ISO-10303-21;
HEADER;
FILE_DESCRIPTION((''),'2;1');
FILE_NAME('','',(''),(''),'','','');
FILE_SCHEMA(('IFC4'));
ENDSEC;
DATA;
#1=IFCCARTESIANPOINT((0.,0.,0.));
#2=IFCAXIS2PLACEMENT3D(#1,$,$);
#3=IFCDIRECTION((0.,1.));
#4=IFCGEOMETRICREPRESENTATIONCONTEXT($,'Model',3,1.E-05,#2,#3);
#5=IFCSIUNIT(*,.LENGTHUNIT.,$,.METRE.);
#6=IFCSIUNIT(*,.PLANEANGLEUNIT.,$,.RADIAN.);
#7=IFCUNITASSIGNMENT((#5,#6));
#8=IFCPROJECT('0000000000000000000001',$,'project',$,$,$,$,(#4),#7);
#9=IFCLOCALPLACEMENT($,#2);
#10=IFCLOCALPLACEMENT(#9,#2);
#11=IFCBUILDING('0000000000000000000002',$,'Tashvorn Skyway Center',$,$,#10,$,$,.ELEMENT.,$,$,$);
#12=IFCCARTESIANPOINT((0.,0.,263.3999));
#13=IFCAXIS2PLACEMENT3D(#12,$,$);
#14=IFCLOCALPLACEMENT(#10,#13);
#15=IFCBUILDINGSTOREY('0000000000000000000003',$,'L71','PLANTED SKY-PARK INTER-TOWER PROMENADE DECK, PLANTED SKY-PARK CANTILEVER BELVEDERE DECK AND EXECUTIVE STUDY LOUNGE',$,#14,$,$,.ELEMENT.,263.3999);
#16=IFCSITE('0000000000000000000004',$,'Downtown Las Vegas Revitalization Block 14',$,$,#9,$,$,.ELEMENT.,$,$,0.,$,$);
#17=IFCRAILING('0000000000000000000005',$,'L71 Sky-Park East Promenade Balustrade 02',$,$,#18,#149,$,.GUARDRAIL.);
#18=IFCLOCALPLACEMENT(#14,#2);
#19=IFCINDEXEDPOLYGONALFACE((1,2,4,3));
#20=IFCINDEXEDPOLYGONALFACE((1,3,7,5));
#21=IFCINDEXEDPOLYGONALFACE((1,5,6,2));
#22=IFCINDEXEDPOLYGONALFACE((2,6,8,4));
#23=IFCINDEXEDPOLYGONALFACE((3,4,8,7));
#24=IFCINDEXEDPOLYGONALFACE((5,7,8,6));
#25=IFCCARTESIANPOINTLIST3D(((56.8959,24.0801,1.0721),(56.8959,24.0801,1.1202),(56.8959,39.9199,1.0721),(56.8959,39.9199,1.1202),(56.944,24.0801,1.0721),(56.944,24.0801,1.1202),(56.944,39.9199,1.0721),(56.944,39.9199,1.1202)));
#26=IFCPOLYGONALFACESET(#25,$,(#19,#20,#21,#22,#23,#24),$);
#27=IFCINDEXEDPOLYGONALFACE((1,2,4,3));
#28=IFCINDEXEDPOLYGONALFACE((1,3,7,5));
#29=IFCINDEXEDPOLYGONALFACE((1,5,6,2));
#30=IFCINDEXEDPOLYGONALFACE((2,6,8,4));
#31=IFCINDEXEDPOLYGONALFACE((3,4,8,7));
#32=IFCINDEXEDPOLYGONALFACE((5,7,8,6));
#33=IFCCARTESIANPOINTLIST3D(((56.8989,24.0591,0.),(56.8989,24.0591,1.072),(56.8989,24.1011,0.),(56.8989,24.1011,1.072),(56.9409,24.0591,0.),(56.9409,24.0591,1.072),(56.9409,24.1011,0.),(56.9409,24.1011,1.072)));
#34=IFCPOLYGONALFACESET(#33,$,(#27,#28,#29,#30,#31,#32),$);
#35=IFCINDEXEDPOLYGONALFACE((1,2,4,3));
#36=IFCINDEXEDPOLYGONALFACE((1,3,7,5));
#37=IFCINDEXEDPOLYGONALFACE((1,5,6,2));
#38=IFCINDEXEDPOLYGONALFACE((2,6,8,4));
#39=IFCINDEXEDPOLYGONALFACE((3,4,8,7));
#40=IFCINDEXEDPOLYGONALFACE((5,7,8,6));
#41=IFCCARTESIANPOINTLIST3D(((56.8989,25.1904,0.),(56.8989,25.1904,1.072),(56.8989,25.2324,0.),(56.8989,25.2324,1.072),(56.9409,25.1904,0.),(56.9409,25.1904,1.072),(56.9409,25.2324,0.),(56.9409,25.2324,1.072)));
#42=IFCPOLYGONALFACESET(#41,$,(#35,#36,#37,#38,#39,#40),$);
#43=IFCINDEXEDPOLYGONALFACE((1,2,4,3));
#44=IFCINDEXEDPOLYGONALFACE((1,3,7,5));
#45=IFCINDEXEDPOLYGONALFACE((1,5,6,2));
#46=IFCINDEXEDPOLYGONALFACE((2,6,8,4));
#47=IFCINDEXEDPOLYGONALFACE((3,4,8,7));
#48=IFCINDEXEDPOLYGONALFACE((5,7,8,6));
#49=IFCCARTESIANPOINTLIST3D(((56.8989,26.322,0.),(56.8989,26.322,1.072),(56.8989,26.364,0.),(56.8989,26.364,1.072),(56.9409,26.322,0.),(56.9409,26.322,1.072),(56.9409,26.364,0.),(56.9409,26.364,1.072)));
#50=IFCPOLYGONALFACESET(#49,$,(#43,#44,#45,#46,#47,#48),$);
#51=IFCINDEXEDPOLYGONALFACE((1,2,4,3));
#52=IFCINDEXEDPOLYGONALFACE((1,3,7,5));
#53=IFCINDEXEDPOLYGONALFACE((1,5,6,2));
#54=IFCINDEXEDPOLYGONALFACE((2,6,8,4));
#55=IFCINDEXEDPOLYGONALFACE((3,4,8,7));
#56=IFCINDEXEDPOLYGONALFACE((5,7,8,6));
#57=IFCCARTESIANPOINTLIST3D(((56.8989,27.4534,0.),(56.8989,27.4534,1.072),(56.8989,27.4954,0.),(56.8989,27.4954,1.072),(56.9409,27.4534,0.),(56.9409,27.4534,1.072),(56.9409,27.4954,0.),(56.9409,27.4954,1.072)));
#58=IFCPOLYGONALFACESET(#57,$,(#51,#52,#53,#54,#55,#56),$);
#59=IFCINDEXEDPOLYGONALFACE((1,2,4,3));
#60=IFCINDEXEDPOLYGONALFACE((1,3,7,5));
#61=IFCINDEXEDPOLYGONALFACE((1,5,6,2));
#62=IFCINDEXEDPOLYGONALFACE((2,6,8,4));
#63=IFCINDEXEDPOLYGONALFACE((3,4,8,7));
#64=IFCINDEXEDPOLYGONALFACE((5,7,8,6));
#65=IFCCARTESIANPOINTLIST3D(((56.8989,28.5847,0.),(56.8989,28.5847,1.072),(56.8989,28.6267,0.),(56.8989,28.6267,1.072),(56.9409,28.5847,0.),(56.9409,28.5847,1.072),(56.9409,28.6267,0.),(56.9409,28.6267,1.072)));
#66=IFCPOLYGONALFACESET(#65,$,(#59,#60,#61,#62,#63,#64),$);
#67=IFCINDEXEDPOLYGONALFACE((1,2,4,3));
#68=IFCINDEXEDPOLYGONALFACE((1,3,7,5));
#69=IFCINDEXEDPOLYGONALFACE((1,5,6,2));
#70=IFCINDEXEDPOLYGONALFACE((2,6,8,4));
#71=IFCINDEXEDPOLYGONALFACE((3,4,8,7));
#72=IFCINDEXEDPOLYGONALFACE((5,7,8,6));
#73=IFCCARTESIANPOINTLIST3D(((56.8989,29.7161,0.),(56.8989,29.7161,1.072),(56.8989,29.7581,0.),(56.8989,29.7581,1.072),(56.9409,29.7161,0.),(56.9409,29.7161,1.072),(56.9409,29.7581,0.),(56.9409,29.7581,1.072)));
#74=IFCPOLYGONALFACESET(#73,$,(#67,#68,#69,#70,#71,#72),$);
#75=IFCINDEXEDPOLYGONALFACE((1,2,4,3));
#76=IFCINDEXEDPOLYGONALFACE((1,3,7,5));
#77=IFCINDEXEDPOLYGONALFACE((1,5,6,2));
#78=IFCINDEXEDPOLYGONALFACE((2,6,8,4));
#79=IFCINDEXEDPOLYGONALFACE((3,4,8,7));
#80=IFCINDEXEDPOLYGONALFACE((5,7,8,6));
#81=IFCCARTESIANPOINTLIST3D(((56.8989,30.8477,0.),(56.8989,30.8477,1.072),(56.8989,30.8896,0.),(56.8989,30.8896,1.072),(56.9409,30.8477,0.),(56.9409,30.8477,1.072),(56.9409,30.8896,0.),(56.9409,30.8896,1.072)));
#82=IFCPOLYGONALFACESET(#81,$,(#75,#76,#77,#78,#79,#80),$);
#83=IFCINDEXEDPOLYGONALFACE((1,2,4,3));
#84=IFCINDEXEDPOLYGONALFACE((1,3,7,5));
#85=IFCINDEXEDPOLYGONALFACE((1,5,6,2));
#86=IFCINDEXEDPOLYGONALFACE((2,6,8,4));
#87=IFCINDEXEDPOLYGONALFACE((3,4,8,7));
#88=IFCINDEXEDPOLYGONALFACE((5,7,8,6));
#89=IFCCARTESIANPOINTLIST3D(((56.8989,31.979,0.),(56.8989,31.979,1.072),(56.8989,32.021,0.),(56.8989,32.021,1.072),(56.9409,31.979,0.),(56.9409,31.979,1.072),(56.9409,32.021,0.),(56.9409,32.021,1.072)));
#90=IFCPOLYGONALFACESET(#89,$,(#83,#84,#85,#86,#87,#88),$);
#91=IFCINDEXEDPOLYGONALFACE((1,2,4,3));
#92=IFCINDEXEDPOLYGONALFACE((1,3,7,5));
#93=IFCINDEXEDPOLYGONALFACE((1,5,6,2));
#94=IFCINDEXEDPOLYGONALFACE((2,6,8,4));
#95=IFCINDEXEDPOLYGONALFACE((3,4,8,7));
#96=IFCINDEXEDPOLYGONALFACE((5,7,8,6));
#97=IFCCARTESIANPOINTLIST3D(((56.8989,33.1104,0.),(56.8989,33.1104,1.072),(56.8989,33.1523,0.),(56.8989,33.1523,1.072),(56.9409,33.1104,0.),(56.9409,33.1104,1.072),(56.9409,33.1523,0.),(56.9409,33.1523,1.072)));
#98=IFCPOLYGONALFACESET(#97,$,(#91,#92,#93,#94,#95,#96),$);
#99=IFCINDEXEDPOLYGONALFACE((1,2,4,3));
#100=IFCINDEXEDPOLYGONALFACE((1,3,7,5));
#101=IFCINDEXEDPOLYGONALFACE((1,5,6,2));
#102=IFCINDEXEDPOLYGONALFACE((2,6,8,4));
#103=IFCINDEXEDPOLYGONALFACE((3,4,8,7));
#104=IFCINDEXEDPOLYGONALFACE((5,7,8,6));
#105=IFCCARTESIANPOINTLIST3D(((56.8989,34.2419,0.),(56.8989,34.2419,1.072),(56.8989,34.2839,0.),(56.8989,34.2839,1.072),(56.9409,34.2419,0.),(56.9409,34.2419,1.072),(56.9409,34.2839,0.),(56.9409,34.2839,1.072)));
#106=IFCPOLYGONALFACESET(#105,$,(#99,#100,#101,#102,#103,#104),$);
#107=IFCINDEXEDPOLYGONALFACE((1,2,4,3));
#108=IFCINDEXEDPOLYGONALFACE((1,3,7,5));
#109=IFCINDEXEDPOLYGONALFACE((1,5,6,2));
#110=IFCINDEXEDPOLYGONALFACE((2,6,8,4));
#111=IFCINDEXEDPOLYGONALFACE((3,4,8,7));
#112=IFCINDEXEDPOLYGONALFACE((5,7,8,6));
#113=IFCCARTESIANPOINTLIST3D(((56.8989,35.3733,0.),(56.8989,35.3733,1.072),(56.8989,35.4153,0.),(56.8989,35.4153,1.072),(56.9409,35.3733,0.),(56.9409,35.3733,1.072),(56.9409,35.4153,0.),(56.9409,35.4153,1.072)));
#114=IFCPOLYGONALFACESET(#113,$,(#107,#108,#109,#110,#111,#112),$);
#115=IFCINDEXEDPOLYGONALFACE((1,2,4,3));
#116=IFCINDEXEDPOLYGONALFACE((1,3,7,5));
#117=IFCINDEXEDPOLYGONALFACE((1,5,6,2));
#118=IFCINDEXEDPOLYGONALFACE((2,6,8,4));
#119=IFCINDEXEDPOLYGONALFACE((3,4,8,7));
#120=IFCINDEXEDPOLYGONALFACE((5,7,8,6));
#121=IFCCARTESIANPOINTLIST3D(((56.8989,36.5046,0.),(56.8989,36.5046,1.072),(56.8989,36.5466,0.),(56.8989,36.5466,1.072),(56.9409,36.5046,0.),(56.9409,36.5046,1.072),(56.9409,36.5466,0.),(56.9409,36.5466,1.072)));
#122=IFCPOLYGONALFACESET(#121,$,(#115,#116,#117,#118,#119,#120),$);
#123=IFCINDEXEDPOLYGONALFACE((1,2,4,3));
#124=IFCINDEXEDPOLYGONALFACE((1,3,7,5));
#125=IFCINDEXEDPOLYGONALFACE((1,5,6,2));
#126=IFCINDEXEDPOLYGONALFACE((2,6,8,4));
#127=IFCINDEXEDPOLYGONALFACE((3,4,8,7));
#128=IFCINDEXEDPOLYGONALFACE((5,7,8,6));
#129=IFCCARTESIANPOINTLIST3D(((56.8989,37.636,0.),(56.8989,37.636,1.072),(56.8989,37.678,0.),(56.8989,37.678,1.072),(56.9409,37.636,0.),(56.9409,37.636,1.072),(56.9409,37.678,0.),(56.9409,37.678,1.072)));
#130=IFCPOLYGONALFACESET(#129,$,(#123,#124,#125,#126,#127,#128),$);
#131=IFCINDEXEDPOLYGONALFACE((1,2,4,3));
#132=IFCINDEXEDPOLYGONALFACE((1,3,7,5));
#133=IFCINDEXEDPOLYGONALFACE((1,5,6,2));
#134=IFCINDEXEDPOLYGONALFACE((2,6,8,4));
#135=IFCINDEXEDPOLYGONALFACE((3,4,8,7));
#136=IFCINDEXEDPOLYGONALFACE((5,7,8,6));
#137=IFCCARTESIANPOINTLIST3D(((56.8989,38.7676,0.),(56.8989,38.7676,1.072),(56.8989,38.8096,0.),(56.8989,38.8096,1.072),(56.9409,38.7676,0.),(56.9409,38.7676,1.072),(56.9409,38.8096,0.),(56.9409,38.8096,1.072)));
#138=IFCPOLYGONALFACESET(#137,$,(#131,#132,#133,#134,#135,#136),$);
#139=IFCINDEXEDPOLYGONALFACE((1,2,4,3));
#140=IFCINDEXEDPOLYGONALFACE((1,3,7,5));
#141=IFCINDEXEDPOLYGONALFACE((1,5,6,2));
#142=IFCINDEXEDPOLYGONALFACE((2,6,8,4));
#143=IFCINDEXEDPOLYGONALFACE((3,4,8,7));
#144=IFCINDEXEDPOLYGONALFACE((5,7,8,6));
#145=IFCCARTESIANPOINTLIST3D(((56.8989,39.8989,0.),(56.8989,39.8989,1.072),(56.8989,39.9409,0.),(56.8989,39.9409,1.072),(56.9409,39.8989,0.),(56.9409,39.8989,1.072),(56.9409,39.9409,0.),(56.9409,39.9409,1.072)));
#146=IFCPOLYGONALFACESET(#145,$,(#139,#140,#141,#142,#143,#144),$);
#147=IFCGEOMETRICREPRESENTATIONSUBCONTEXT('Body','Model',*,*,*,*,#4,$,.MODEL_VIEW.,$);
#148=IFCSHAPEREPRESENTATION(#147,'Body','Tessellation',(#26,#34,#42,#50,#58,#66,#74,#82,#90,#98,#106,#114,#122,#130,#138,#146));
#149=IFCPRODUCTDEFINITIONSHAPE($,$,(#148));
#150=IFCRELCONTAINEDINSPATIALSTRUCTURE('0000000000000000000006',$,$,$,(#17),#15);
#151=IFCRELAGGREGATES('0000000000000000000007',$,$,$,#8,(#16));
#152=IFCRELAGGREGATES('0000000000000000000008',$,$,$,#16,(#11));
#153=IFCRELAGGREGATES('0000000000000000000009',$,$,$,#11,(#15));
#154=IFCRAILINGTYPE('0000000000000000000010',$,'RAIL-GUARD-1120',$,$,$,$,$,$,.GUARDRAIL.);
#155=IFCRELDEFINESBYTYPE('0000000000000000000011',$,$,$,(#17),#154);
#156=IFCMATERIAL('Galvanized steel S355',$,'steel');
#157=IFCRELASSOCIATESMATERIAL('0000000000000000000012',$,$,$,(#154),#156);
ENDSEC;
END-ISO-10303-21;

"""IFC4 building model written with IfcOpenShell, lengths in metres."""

from ifc_helpers import new_model, si_unit, direction, frame, origin, origin_2d, place, context, subcontext, project, spatial, rectangle, extrude, material, type_object, element, save


model = new_model("IFC4")

# Units and contexts
model_context = context("Model", 3, precision=1e-05, world=origin(), true_north=direction((0.0, 1.0)))
body_context = subcontext(model_context, "Body", "Model", "MODEL_VIEW")
ifc_project = project(units=[si_unit("LENGTHUNIT", "METRE"), si_unit("PLANEANGLEUNIT", "RADIAN")], contexts=[model_context])

# Site, building, storey
site_placement = place(None, origin())
site = spatial("IfcSite", under=ifc_project, at=site_placement, Name="Downtown Las Vegas Revitalization Block 14", CompositionType="ELEMENT", RefElevation=0.0)
building_placement = place(site_placement, origin())
building = spatial("IfcBuilding", under=site, at=building_placement, Name="Tashvorn Skyway Center", CompositionType="ELEMENT")
storey_placement = place(building_placement, frame((0.0, 0.0, 263.3999)))
storey = spatial("IfcBuildingStorey", under=building, at=storey_placement, Name="L71", Description="PLANTED SKY-PARK INTER-TOWER PROMENADE DECK, PLANTED SKY-PARK CANTILEVER BELVEDERE DECK AND EXECUTIVE STUDY LOUNGE", CompositionType="ELEMENT", Elevation=263.3999)

# Railing
ifc_material_1 = material(Name="Galvanized steel S355", Category="steel")
railing_type = type_object("IfcRailingType", Name="RAIL-GUARD-1120", PredefinedType="GUARDRAIL", material=ifc_material_1)
railing_placement = place(storey_placement, frame((56.9199, 24.0801, 0.0)))
element("IfcRailing", 1, at=railing_placement, inside=storey, type_object=railing_type, Name="L71 Sky-Park East Promenade Balustrade 02", PredefinedType="GUARDRAIL", context=body_context, shape_type="SweptSolid", body=[
    extrude(rectangle(XDim=0.0481, YDim=0.0481, at=origin_2d()), frame((0.0, 0.0, 1.0962), z_axis=(0.0, 1.0, 0.0), x_axis=(-1.0, 0.0, 0.0)), (0.0, 0.0, 1.0), 15.8398),
    extrude(rectangle(XDim=0.042, YDim=0.042, at=origin_2d()), origin(), (0.0, 0.0, 1.0), 1.072),
    extrude(rectangle(XDim=0.042, YDim=0.042, at=origin_2d()), frame((0.0, 1.1313, 0.0)), (0.0, 0.0, 1.0), 1.072),
    extrude(rectangle(XDim=0.042, YDim=0.042, at=origin_2d()), frame((0.0, 2.2629, 0.0)), (0.0, 0.0, 1.0), 1.072),
    extrude(rectangle(XDim=0.042, YDim=0.042, at=origin_2d()), frame((0.0, 3.3943, 0.0)), (0.0, 0.0, 1.0), 1.072),
    extrude(rectangle(XDim=0.042, YDim=0.042, at=origin_2d()), frame((0.0, 4.5256, 0.0)), (0.0, 0.0, 1.0), 1.072),
    extrude(rectangle(XDim=0.042, YDim=0.042, at=origin_2d()), frame((0.0, 5.657, 0.0)), (0.0, 0.0, 1.0), 1.072),
    extrude(rectangle(XDim=0.042, YDim=0.042, at=origin_2d()), frame((0.0, 6.7886, 0.0)), (0.0, 0.0, 1.0), 1.072),
    extrude(rectangle(XDim=0.042, YDim=0.042, at=origin_2d()), frame((0.0, 7.9199, 0.0)), (0.0, 0.0, 1.0), 1.072),
    extrude(rectangle(XDim=0.042, YDim=0.042, at=origin_2d()), frame((0.0, 9.0513, 0.0)), (0.0, 0.0, 1.0), 1.072),
    extrude(rectangle(XDim=0.042, YDim=0.042, at=origin_2d()), frame((0.0, 10.1829, 0.0)), (0.0, 0.0, 1.0), 1.072),
    extrude(rectangle(XDim=0.042, YDim=0.042, at=origin_2d()), frame((0.0, 11.3142, 0.0)), (0.0, 0.0, 1.0), 1.072),
    extrude(rectangle(XDim=0.042, YDim=0.042, at=origin_2d()), frame((0.0, 12.4456, 0.0)), (0.0, 0.0, 1.0), 1.072),
    extrude(rectangle(XDim=0.042, YDim=0.042, at=origin_2d()), frame((0.0, 13.5769, 0.0)), (0.0, 0.0, 1.0), 1.072),
    extrude(rectangle(XDim=0.042, YDim=0.042, at=origin_2d()), frame((0.0, 14.7085, 0.0)), (0.0, 0.0, 1.0), 1.072),
    extrude(rectangle(XDim=0.042, YDim=0.042, at=origin_2d()), frame((0.0, 15.8398, 0.0)), (0.0, 0.0, 1.0), 1.072),
])

save(model, "model.ifc")
